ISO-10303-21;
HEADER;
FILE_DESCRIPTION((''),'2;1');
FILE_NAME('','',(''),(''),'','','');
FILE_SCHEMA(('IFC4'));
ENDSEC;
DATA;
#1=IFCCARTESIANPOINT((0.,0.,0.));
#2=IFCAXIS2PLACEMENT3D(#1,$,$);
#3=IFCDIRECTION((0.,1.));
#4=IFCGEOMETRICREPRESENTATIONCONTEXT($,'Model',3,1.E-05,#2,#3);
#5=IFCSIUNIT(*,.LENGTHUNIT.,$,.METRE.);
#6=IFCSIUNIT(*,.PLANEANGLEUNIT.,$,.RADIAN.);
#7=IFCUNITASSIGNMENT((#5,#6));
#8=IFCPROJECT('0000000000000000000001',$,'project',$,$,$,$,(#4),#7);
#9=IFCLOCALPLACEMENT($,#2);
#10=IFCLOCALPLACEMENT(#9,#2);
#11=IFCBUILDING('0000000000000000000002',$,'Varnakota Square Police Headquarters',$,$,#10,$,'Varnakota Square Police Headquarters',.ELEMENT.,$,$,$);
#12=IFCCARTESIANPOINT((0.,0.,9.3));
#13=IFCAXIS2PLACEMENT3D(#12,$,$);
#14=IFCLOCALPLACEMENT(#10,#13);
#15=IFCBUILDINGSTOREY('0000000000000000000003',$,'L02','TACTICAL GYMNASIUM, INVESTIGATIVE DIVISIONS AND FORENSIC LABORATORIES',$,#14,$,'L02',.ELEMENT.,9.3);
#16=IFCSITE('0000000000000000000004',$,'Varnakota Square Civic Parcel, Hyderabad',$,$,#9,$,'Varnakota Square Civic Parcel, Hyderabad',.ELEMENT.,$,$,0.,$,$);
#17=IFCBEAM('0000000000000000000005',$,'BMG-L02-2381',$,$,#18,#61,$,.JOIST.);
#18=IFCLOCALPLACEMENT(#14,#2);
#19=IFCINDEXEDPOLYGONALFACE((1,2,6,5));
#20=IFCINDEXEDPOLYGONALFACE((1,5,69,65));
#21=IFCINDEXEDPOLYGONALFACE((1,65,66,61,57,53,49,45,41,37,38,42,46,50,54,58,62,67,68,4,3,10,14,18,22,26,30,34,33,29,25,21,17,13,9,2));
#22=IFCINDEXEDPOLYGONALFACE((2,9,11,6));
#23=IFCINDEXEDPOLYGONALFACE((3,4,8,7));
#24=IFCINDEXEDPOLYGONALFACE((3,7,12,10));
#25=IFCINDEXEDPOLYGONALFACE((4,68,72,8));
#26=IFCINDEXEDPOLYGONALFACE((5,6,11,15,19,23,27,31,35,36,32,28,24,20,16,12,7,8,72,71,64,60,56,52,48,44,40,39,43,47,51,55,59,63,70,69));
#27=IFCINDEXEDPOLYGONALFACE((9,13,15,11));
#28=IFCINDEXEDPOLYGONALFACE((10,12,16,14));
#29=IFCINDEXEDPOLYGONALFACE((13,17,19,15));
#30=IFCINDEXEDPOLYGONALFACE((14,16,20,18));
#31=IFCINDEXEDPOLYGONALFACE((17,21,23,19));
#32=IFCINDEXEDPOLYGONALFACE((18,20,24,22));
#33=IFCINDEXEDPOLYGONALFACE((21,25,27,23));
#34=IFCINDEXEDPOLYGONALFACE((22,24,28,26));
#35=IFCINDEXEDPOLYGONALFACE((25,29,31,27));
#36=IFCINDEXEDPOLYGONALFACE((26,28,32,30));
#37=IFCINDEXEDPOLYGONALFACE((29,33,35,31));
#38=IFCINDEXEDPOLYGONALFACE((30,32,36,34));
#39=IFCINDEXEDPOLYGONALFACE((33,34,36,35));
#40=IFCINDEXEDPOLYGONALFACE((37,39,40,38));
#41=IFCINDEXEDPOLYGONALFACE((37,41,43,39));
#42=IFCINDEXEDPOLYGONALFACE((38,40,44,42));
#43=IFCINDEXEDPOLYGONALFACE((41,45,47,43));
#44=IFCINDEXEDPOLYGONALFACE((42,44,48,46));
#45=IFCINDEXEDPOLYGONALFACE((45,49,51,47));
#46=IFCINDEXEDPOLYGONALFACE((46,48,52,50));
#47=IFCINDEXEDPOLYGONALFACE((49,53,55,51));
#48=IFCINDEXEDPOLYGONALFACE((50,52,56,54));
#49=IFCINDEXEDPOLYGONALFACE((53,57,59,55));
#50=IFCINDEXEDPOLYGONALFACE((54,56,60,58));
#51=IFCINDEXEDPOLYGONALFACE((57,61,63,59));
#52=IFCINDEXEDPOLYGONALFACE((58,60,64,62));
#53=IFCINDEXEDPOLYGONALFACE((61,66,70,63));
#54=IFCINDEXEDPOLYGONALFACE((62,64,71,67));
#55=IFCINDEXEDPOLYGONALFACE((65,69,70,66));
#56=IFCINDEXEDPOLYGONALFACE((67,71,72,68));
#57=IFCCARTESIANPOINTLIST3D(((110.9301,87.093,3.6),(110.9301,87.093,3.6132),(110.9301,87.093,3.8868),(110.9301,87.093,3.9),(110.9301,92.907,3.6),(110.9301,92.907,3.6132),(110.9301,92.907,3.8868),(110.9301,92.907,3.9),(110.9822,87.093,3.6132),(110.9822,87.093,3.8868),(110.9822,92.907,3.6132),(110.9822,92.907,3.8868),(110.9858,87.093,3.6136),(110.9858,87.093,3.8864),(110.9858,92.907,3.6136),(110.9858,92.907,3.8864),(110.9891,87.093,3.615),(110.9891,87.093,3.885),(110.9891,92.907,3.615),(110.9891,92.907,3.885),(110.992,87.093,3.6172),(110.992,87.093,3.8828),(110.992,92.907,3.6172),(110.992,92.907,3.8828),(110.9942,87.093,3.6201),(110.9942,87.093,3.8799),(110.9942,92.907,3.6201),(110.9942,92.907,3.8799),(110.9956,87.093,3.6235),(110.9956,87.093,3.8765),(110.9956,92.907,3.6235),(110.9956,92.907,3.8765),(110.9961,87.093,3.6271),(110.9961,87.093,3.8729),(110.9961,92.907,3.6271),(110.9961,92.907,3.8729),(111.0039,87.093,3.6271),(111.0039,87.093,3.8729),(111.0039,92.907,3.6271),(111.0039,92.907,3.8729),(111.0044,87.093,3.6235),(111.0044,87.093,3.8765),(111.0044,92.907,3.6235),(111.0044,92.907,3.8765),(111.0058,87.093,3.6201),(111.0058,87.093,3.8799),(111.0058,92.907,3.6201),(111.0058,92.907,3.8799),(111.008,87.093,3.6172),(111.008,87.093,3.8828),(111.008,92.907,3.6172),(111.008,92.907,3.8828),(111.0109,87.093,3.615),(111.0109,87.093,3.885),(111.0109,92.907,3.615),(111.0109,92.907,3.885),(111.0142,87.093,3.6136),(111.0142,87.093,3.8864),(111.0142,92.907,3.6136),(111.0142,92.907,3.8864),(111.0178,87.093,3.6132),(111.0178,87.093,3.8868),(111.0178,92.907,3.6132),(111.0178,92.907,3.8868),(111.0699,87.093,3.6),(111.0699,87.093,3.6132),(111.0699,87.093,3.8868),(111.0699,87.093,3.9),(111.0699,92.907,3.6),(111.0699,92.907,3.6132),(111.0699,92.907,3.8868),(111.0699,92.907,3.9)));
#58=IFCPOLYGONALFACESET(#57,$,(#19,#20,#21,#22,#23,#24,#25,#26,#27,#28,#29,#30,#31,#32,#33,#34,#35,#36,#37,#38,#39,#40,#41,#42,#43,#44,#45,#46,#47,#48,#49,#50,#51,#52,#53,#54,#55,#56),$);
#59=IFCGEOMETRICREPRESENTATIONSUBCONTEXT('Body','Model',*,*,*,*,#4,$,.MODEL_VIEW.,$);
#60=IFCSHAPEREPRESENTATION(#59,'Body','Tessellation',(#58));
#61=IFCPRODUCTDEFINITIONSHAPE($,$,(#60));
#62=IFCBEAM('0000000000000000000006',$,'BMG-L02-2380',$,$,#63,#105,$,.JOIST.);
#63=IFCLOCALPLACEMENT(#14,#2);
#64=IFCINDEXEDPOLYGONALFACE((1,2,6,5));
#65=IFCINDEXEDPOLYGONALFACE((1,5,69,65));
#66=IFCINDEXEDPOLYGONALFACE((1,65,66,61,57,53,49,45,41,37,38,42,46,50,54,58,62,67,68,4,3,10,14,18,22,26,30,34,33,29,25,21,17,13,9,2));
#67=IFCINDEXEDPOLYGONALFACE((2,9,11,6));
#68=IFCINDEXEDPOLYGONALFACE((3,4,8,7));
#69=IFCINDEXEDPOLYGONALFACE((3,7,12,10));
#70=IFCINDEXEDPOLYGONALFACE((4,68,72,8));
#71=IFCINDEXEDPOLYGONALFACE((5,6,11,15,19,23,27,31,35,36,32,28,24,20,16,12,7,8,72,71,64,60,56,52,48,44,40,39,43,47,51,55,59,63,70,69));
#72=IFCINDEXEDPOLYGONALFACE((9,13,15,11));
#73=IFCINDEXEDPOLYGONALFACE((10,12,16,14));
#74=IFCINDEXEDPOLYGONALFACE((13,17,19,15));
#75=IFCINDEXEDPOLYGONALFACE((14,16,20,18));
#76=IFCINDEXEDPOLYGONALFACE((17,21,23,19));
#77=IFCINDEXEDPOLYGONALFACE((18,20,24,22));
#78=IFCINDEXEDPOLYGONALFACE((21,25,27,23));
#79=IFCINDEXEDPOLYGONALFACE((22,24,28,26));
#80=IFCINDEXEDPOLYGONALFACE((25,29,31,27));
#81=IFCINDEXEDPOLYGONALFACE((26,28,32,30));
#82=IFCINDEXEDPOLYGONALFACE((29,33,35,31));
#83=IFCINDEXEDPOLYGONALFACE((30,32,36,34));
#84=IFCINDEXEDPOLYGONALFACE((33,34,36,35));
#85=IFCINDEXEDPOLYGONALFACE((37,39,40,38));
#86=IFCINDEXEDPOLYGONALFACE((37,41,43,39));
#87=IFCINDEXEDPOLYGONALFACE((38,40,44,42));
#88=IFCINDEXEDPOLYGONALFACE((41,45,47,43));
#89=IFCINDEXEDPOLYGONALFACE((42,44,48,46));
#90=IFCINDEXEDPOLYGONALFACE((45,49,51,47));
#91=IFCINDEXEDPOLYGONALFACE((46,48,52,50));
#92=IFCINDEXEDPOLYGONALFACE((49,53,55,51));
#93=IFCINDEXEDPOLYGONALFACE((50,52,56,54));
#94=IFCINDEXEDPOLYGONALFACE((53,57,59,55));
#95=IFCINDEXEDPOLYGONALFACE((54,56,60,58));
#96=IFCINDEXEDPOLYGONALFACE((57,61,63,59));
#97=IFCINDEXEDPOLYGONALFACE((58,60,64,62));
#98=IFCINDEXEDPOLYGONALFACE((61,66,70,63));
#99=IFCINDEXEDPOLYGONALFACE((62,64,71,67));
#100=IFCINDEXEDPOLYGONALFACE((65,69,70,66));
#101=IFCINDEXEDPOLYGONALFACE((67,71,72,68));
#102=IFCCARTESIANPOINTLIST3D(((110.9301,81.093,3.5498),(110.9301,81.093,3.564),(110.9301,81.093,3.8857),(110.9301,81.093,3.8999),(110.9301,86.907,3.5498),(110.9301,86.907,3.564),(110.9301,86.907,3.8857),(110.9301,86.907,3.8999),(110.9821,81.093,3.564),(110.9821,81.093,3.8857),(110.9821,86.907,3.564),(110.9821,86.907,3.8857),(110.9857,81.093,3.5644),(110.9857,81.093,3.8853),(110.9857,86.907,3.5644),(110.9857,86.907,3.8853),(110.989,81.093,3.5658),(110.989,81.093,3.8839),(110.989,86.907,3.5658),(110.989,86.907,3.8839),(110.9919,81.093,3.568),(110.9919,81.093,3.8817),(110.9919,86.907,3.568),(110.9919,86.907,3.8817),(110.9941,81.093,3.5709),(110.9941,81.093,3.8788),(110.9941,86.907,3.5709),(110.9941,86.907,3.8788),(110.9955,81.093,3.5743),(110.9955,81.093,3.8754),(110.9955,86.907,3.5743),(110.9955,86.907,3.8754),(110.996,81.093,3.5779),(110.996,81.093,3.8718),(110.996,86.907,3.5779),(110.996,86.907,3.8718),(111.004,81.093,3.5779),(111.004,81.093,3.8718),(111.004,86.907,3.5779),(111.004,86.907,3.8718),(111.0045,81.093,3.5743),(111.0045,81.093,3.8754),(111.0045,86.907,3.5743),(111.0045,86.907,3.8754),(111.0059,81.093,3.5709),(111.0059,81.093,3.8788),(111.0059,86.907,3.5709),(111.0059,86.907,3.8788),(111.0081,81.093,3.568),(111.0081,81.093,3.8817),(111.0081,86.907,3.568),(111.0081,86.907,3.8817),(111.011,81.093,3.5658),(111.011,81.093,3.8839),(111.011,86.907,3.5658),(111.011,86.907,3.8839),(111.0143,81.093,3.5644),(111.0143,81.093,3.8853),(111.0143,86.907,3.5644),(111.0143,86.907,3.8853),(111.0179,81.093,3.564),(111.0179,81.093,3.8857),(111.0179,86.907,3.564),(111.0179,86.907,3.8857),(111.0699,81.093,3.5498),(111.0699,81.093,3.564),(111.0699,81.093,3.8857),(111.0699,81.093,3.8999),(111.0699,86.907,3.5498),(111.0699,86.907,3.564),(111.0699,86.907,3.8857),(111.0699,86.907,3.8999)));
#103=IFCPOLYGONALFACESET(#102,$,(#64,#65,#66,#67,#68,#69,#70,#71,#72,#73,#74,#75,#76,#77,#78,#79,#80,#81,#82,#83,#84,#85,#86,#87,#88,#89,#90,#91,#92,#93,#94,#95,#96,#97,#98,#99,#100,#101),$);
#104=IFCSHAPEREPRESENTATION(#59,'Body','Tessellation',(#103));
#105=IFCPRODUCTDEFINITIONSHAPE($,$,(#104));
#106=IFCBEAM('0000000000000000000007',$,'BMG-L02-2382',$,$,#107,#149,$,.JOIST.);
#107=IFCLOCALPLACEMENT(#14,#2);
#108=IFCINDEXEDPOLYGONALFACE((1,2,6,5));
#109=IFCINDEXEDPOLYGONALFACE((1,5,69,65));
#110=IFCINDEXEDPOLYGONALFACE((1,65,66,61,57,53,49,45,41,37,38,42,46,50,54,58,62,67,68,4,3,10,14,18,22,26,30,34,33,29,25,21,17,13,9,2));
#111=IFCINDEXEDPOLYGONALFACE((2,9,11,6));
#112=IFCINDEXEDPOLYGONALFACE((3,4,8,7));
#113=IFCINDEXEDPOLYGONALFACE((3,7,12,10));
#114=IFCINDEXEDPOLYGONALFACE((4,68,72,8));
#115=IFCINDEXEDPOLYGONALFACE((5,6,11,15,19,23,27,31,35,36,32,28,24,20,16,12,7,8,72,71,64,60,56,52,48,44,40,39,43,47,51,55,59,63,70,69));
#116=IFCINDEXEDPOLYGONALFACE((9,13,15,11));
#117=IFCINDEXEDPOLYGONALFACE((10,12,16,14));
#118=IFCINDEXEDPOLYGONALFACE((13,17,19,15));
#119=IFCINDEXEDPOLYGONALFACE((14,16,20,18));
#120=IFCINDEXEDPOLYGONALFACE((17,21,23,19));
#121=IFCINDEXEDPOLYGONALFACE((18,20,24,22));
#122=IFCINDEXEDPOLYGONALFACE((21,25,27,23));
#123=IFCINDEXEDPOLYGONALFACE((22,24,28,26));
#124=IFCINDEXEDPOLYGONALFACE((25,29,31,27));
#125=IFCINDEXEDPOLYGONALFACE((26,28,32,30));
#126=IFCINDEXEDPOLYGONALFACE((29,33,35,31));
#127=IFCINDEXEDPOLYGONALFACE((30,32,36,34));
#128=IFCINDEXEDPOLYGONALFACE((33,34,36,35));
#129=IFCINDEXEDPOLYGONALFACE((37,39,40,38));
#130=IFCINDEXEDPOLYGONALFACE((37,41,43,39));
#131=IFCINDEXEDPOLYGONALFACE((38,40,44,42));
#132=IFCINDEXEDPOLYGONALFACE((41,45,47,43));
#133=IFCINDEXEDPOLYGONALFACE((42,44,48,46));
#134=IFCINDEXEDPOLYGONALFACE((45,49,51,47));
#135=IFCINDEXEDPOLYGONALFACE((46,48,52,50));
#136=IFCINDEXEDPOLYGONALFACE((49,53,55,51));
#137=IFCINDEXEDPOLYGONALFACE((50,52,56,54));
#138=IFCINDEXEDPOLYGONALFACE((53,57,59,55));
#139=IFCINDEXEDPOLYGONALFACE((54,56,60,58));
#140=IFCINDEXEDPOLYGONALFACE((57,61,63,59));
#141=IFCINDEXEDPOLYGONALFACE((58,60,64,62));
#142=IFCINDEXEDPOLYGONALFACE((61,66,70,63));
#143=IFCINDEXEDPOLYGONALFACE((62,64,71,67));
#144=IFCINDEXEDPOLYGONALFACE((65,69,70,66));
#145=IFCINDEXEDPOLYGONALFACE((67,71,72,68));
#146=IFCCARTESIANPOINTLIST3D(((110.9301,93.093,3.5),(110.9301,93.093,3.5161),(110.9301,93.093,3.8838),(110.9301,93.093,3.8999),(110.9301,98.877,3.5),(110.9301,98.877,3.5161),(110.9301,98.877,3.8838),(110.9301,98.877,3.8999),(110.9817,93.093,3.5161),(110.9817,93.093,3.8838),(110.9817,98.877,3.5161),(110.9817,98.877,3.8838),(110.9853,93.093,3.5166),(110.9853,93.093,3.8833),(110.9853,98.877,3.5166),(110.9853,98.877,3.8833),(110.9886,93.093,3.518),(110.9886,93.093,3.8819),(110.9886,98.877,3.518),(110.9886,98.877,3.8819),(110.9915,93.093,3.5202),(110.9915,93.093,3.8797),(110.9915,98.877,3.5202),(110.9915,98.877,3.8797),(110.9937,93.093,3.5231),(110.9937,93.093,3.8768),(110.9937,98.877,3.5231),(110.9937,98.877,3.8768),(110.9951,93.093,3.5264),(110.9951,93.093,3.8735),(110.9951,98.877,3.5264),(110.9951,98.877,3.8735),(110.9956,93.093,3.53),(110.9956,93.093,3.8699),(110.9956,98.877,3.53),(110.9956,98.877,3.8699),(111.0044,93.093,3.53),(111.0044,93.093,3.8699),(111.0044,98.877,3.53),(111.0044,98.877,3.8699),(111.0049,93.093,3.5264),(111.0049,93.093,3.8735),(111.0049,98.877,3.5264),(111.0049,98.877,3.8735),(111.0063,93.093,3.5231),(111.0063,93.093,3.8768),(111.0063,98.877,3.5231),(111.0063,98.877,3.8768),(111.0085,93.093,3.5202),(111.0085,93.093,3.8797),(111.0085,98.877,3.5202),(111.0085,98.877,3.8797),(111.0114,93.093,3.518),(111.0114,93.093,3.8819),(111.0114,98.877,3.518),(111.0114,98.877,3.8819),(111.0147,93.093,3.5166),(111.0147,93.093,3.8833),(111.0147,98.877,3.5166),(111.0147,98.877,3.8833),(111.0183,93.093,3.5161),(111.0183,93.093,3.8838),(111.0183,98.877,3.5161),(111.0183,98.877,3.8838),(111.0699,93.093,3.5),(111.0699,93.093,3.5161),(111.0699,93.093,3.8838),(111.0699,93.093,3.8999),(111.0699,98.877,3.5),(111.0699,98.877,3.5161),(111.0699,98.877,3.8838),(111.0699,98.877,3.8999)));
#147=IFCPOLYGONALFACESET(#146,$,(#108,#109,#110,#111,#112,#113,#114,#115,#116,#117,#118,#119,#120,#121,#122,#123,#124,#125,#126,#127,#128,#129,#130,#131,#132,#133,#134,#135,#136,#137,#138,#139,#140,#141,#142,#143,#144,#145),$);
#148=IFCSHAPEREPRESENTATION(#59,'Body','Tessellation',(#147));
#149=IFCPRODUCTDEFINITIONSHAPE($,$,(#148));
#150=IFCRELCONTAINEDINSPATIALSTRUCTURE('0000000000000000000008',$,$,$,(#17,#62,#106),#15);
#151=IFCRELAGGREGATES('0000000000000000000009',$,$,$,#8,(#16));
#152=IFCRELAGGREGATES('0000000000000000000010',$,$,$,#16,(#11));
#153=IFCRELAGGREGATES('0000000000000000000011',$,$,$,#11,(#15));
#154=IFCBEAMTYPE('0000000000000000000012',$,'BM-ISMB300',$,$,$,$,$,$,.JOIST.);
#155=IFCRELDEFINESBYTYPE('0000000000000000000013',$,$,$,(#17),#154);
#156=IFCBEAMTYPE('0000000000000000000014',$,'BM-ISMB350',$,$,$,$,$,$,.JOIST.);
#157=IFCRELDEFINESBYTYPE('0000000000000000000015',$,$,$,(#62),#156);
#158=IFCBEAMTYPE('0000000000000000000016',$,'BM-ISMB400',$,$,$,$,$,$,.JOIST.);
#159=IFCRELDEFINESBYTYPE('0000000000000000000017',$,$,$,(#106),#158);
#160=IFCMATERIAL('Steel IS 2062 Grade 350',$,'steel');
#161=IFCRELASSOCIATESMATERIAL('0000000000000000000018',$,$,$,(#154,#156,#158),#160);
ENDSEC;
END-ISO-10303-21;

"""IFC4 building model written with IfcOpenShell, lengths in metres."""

from ifc_helpers import new_model, si_unit, direction, frame, origin, origin_2d, place, context, subcontext, project, spatial, i_section, extrude, material, material_profile, profile_set, type_object, element, save


model = new_model("IFC4")

# Units and contexts
model_context = context("Model", 3, precision=1e-05, world=origin(), true_north=direction((0.0, 1.0)))
body_context = subcontext(model_context, "Body", "Model", "MODEL_VIEW")
ifc_project = project(units=[si_unit("LENGTHUNIT", "METRE"), si_unit("PLANEANGLEUNIT", "RADIAN")], contexts=[model_context])

# Site, building, storey
site_placement = place(None, origin())
site = spatial("IfcSite", under=ifc_project, at=site_placement, Name="Varnakota Square Civic Parcel, Hyderabad", LongName="Varnakota Square Civic Parcel, Hyderabad", CompositionType="ELEMENT", RefElevation=0.0)
building_placement = place(site_placement, origin())
building = spatial("IfcBuilding", under=site, at=building_placement, Name="Varnakota Square Police Headquarters", LongName="Varnakota Square Police Headquarters", CompositionType="ELEMENT")
storey_placement = place(building_placement, frame((0.0, 0.0, 9.3)))
storey = spatial("IfcBuildingStorey", under=building, at=storey_placement, Name="L02", Description="TACTICAL GYMNASIUM, INVESTIGATIVE DIVISIONS AND FORENSIC LABORATORIES", LongName="L02", CompositionType="ELEMENT", Elevation=9.3)

# Shared definitions
ifc_material_1 = material(Name="Steel IS 2062 Grade 350", Category="steel")

# Beams
ifc_material_profile_1 = material_profile(ifc_material_1, i_section(OverallWidth=0.1399, OverallDepth=0.3, WebThickness=0.0078, FlangeThickness=0.0132, FilletRadius=0.0139, at=origin_2d()), Name="ISMB 300")
ifc_profile_set_1 = profile_set([ifc_material_profile_1], Name="Steel IS 2062 Grade 350")
beam_type_1 = type_object("IfcBeamType", Name="BM-ISMB300", PredefinedType="JOIST", material=ifc_profile_set_1)
beam_1_placement = place(storey_placement, frame((111.0, 87.093, 3.75), z_axis=(0.0, 1.0, 0.0), x_axis=(-1.0, 0.0, 0.0)))
element("IfcBeam", 1, at=beam_1_placement, inside=storey, type_object=beam_type_1, Name="BMG-L02-2381", PredefinedType="JOIST", context=body_context, shape_type="SweptSolid", body=[
    extrude(i_section(OverallWidth=0.1399, OverallDepth=0.3, WebThickness=0.0078, FlangeThickness=0.0132, FilletRadius=0.0139, at=origin_2d()), origin(), (0.0, 0.0, 1.0), 5.814),
])
ifc_material_profile_2 = material_profile(ifc_material_1, i_section(OverallWidth=0.1399, OverallDepth=0.3501, WebThickness=0.0081, FlangeThickness=0.0142, FilletRadius=0.0139, at=origin_2d()), Name="ISMB 350")
ifc_profile_set_2 = profile_set([ifc_material_profile_2], Name="Steel IS 2062 Grade 350")
beam_type_2 = type_object("IfcBeamType", Name="BM-ISMB350", PredefinedType="JOIST", material=ifc_profile_set_2)
beam_2_placement = place(storey_placement, frame((111.0, 81.093, 3.7249), z_axis=(0.0, 1.0, 0.0), x_axis=(-1.0, 0.0, 0.0)))
element("IfcBeam", 2, at=beam_2_placement, inside=storey, type_object=beam_type_2, Name="BMG-L02-2380", PredefinedType="JOIST", context=body_context, shape_type="SweptSolid", body=[
    extrude(i_section(OverallWidth=0.1399, OverallDepth=0.3501, WebThickness=0.0081, FlangeThickness=0.0142, FilletRadius=0.0139, at=origin_2d()), origin(), (0.0, 0.0, 1.0), 5.814),
])
ifc_material_profile_3 = material_profile(ifc_material_1, i_section(OverallWidth=0.1399, OverallDepth=0.3999, WebThickness=0.0088, FlangeThickness=0.0161, FilletRadius=0.0139, at=origin_2d()), Name="ISMB 400")
ifc_profile_set_3 = profile_set([ifc_material_profile_3], Name="Steel IS 2062 Grade 350")
beam_type_3 = type_object("IfcBeamType", Name="BM-ISMB400", PredefinedType="JOIST", material=ifc_profile_set_3)
beam_3_placement = place(storey_placement, frame((111.0, 93.093, 3.7), z_axis=(0.0, 1.0, 0.0), x_axis=(-1.0, 0.0, 0.0)))
element("IfcBeam", 3, at=beam_3_placement, inside=storey, type_object=beam_type_3, Name="BMG-L02-2382", PredefinedType="JOIST", context=body_context, shape_type="SweptSolid", body=[
    extrude(i_section(OverallWidth=0.1399, OverallDepth=0.3999, WebThickness=0.0088, FlangeThickness=0.0161, FilletRadius=0.0139, at=origin_2d()), origin(), (0.0, 0.0, 1.0), 5.7839),
])

save(model, "model.ifc")
